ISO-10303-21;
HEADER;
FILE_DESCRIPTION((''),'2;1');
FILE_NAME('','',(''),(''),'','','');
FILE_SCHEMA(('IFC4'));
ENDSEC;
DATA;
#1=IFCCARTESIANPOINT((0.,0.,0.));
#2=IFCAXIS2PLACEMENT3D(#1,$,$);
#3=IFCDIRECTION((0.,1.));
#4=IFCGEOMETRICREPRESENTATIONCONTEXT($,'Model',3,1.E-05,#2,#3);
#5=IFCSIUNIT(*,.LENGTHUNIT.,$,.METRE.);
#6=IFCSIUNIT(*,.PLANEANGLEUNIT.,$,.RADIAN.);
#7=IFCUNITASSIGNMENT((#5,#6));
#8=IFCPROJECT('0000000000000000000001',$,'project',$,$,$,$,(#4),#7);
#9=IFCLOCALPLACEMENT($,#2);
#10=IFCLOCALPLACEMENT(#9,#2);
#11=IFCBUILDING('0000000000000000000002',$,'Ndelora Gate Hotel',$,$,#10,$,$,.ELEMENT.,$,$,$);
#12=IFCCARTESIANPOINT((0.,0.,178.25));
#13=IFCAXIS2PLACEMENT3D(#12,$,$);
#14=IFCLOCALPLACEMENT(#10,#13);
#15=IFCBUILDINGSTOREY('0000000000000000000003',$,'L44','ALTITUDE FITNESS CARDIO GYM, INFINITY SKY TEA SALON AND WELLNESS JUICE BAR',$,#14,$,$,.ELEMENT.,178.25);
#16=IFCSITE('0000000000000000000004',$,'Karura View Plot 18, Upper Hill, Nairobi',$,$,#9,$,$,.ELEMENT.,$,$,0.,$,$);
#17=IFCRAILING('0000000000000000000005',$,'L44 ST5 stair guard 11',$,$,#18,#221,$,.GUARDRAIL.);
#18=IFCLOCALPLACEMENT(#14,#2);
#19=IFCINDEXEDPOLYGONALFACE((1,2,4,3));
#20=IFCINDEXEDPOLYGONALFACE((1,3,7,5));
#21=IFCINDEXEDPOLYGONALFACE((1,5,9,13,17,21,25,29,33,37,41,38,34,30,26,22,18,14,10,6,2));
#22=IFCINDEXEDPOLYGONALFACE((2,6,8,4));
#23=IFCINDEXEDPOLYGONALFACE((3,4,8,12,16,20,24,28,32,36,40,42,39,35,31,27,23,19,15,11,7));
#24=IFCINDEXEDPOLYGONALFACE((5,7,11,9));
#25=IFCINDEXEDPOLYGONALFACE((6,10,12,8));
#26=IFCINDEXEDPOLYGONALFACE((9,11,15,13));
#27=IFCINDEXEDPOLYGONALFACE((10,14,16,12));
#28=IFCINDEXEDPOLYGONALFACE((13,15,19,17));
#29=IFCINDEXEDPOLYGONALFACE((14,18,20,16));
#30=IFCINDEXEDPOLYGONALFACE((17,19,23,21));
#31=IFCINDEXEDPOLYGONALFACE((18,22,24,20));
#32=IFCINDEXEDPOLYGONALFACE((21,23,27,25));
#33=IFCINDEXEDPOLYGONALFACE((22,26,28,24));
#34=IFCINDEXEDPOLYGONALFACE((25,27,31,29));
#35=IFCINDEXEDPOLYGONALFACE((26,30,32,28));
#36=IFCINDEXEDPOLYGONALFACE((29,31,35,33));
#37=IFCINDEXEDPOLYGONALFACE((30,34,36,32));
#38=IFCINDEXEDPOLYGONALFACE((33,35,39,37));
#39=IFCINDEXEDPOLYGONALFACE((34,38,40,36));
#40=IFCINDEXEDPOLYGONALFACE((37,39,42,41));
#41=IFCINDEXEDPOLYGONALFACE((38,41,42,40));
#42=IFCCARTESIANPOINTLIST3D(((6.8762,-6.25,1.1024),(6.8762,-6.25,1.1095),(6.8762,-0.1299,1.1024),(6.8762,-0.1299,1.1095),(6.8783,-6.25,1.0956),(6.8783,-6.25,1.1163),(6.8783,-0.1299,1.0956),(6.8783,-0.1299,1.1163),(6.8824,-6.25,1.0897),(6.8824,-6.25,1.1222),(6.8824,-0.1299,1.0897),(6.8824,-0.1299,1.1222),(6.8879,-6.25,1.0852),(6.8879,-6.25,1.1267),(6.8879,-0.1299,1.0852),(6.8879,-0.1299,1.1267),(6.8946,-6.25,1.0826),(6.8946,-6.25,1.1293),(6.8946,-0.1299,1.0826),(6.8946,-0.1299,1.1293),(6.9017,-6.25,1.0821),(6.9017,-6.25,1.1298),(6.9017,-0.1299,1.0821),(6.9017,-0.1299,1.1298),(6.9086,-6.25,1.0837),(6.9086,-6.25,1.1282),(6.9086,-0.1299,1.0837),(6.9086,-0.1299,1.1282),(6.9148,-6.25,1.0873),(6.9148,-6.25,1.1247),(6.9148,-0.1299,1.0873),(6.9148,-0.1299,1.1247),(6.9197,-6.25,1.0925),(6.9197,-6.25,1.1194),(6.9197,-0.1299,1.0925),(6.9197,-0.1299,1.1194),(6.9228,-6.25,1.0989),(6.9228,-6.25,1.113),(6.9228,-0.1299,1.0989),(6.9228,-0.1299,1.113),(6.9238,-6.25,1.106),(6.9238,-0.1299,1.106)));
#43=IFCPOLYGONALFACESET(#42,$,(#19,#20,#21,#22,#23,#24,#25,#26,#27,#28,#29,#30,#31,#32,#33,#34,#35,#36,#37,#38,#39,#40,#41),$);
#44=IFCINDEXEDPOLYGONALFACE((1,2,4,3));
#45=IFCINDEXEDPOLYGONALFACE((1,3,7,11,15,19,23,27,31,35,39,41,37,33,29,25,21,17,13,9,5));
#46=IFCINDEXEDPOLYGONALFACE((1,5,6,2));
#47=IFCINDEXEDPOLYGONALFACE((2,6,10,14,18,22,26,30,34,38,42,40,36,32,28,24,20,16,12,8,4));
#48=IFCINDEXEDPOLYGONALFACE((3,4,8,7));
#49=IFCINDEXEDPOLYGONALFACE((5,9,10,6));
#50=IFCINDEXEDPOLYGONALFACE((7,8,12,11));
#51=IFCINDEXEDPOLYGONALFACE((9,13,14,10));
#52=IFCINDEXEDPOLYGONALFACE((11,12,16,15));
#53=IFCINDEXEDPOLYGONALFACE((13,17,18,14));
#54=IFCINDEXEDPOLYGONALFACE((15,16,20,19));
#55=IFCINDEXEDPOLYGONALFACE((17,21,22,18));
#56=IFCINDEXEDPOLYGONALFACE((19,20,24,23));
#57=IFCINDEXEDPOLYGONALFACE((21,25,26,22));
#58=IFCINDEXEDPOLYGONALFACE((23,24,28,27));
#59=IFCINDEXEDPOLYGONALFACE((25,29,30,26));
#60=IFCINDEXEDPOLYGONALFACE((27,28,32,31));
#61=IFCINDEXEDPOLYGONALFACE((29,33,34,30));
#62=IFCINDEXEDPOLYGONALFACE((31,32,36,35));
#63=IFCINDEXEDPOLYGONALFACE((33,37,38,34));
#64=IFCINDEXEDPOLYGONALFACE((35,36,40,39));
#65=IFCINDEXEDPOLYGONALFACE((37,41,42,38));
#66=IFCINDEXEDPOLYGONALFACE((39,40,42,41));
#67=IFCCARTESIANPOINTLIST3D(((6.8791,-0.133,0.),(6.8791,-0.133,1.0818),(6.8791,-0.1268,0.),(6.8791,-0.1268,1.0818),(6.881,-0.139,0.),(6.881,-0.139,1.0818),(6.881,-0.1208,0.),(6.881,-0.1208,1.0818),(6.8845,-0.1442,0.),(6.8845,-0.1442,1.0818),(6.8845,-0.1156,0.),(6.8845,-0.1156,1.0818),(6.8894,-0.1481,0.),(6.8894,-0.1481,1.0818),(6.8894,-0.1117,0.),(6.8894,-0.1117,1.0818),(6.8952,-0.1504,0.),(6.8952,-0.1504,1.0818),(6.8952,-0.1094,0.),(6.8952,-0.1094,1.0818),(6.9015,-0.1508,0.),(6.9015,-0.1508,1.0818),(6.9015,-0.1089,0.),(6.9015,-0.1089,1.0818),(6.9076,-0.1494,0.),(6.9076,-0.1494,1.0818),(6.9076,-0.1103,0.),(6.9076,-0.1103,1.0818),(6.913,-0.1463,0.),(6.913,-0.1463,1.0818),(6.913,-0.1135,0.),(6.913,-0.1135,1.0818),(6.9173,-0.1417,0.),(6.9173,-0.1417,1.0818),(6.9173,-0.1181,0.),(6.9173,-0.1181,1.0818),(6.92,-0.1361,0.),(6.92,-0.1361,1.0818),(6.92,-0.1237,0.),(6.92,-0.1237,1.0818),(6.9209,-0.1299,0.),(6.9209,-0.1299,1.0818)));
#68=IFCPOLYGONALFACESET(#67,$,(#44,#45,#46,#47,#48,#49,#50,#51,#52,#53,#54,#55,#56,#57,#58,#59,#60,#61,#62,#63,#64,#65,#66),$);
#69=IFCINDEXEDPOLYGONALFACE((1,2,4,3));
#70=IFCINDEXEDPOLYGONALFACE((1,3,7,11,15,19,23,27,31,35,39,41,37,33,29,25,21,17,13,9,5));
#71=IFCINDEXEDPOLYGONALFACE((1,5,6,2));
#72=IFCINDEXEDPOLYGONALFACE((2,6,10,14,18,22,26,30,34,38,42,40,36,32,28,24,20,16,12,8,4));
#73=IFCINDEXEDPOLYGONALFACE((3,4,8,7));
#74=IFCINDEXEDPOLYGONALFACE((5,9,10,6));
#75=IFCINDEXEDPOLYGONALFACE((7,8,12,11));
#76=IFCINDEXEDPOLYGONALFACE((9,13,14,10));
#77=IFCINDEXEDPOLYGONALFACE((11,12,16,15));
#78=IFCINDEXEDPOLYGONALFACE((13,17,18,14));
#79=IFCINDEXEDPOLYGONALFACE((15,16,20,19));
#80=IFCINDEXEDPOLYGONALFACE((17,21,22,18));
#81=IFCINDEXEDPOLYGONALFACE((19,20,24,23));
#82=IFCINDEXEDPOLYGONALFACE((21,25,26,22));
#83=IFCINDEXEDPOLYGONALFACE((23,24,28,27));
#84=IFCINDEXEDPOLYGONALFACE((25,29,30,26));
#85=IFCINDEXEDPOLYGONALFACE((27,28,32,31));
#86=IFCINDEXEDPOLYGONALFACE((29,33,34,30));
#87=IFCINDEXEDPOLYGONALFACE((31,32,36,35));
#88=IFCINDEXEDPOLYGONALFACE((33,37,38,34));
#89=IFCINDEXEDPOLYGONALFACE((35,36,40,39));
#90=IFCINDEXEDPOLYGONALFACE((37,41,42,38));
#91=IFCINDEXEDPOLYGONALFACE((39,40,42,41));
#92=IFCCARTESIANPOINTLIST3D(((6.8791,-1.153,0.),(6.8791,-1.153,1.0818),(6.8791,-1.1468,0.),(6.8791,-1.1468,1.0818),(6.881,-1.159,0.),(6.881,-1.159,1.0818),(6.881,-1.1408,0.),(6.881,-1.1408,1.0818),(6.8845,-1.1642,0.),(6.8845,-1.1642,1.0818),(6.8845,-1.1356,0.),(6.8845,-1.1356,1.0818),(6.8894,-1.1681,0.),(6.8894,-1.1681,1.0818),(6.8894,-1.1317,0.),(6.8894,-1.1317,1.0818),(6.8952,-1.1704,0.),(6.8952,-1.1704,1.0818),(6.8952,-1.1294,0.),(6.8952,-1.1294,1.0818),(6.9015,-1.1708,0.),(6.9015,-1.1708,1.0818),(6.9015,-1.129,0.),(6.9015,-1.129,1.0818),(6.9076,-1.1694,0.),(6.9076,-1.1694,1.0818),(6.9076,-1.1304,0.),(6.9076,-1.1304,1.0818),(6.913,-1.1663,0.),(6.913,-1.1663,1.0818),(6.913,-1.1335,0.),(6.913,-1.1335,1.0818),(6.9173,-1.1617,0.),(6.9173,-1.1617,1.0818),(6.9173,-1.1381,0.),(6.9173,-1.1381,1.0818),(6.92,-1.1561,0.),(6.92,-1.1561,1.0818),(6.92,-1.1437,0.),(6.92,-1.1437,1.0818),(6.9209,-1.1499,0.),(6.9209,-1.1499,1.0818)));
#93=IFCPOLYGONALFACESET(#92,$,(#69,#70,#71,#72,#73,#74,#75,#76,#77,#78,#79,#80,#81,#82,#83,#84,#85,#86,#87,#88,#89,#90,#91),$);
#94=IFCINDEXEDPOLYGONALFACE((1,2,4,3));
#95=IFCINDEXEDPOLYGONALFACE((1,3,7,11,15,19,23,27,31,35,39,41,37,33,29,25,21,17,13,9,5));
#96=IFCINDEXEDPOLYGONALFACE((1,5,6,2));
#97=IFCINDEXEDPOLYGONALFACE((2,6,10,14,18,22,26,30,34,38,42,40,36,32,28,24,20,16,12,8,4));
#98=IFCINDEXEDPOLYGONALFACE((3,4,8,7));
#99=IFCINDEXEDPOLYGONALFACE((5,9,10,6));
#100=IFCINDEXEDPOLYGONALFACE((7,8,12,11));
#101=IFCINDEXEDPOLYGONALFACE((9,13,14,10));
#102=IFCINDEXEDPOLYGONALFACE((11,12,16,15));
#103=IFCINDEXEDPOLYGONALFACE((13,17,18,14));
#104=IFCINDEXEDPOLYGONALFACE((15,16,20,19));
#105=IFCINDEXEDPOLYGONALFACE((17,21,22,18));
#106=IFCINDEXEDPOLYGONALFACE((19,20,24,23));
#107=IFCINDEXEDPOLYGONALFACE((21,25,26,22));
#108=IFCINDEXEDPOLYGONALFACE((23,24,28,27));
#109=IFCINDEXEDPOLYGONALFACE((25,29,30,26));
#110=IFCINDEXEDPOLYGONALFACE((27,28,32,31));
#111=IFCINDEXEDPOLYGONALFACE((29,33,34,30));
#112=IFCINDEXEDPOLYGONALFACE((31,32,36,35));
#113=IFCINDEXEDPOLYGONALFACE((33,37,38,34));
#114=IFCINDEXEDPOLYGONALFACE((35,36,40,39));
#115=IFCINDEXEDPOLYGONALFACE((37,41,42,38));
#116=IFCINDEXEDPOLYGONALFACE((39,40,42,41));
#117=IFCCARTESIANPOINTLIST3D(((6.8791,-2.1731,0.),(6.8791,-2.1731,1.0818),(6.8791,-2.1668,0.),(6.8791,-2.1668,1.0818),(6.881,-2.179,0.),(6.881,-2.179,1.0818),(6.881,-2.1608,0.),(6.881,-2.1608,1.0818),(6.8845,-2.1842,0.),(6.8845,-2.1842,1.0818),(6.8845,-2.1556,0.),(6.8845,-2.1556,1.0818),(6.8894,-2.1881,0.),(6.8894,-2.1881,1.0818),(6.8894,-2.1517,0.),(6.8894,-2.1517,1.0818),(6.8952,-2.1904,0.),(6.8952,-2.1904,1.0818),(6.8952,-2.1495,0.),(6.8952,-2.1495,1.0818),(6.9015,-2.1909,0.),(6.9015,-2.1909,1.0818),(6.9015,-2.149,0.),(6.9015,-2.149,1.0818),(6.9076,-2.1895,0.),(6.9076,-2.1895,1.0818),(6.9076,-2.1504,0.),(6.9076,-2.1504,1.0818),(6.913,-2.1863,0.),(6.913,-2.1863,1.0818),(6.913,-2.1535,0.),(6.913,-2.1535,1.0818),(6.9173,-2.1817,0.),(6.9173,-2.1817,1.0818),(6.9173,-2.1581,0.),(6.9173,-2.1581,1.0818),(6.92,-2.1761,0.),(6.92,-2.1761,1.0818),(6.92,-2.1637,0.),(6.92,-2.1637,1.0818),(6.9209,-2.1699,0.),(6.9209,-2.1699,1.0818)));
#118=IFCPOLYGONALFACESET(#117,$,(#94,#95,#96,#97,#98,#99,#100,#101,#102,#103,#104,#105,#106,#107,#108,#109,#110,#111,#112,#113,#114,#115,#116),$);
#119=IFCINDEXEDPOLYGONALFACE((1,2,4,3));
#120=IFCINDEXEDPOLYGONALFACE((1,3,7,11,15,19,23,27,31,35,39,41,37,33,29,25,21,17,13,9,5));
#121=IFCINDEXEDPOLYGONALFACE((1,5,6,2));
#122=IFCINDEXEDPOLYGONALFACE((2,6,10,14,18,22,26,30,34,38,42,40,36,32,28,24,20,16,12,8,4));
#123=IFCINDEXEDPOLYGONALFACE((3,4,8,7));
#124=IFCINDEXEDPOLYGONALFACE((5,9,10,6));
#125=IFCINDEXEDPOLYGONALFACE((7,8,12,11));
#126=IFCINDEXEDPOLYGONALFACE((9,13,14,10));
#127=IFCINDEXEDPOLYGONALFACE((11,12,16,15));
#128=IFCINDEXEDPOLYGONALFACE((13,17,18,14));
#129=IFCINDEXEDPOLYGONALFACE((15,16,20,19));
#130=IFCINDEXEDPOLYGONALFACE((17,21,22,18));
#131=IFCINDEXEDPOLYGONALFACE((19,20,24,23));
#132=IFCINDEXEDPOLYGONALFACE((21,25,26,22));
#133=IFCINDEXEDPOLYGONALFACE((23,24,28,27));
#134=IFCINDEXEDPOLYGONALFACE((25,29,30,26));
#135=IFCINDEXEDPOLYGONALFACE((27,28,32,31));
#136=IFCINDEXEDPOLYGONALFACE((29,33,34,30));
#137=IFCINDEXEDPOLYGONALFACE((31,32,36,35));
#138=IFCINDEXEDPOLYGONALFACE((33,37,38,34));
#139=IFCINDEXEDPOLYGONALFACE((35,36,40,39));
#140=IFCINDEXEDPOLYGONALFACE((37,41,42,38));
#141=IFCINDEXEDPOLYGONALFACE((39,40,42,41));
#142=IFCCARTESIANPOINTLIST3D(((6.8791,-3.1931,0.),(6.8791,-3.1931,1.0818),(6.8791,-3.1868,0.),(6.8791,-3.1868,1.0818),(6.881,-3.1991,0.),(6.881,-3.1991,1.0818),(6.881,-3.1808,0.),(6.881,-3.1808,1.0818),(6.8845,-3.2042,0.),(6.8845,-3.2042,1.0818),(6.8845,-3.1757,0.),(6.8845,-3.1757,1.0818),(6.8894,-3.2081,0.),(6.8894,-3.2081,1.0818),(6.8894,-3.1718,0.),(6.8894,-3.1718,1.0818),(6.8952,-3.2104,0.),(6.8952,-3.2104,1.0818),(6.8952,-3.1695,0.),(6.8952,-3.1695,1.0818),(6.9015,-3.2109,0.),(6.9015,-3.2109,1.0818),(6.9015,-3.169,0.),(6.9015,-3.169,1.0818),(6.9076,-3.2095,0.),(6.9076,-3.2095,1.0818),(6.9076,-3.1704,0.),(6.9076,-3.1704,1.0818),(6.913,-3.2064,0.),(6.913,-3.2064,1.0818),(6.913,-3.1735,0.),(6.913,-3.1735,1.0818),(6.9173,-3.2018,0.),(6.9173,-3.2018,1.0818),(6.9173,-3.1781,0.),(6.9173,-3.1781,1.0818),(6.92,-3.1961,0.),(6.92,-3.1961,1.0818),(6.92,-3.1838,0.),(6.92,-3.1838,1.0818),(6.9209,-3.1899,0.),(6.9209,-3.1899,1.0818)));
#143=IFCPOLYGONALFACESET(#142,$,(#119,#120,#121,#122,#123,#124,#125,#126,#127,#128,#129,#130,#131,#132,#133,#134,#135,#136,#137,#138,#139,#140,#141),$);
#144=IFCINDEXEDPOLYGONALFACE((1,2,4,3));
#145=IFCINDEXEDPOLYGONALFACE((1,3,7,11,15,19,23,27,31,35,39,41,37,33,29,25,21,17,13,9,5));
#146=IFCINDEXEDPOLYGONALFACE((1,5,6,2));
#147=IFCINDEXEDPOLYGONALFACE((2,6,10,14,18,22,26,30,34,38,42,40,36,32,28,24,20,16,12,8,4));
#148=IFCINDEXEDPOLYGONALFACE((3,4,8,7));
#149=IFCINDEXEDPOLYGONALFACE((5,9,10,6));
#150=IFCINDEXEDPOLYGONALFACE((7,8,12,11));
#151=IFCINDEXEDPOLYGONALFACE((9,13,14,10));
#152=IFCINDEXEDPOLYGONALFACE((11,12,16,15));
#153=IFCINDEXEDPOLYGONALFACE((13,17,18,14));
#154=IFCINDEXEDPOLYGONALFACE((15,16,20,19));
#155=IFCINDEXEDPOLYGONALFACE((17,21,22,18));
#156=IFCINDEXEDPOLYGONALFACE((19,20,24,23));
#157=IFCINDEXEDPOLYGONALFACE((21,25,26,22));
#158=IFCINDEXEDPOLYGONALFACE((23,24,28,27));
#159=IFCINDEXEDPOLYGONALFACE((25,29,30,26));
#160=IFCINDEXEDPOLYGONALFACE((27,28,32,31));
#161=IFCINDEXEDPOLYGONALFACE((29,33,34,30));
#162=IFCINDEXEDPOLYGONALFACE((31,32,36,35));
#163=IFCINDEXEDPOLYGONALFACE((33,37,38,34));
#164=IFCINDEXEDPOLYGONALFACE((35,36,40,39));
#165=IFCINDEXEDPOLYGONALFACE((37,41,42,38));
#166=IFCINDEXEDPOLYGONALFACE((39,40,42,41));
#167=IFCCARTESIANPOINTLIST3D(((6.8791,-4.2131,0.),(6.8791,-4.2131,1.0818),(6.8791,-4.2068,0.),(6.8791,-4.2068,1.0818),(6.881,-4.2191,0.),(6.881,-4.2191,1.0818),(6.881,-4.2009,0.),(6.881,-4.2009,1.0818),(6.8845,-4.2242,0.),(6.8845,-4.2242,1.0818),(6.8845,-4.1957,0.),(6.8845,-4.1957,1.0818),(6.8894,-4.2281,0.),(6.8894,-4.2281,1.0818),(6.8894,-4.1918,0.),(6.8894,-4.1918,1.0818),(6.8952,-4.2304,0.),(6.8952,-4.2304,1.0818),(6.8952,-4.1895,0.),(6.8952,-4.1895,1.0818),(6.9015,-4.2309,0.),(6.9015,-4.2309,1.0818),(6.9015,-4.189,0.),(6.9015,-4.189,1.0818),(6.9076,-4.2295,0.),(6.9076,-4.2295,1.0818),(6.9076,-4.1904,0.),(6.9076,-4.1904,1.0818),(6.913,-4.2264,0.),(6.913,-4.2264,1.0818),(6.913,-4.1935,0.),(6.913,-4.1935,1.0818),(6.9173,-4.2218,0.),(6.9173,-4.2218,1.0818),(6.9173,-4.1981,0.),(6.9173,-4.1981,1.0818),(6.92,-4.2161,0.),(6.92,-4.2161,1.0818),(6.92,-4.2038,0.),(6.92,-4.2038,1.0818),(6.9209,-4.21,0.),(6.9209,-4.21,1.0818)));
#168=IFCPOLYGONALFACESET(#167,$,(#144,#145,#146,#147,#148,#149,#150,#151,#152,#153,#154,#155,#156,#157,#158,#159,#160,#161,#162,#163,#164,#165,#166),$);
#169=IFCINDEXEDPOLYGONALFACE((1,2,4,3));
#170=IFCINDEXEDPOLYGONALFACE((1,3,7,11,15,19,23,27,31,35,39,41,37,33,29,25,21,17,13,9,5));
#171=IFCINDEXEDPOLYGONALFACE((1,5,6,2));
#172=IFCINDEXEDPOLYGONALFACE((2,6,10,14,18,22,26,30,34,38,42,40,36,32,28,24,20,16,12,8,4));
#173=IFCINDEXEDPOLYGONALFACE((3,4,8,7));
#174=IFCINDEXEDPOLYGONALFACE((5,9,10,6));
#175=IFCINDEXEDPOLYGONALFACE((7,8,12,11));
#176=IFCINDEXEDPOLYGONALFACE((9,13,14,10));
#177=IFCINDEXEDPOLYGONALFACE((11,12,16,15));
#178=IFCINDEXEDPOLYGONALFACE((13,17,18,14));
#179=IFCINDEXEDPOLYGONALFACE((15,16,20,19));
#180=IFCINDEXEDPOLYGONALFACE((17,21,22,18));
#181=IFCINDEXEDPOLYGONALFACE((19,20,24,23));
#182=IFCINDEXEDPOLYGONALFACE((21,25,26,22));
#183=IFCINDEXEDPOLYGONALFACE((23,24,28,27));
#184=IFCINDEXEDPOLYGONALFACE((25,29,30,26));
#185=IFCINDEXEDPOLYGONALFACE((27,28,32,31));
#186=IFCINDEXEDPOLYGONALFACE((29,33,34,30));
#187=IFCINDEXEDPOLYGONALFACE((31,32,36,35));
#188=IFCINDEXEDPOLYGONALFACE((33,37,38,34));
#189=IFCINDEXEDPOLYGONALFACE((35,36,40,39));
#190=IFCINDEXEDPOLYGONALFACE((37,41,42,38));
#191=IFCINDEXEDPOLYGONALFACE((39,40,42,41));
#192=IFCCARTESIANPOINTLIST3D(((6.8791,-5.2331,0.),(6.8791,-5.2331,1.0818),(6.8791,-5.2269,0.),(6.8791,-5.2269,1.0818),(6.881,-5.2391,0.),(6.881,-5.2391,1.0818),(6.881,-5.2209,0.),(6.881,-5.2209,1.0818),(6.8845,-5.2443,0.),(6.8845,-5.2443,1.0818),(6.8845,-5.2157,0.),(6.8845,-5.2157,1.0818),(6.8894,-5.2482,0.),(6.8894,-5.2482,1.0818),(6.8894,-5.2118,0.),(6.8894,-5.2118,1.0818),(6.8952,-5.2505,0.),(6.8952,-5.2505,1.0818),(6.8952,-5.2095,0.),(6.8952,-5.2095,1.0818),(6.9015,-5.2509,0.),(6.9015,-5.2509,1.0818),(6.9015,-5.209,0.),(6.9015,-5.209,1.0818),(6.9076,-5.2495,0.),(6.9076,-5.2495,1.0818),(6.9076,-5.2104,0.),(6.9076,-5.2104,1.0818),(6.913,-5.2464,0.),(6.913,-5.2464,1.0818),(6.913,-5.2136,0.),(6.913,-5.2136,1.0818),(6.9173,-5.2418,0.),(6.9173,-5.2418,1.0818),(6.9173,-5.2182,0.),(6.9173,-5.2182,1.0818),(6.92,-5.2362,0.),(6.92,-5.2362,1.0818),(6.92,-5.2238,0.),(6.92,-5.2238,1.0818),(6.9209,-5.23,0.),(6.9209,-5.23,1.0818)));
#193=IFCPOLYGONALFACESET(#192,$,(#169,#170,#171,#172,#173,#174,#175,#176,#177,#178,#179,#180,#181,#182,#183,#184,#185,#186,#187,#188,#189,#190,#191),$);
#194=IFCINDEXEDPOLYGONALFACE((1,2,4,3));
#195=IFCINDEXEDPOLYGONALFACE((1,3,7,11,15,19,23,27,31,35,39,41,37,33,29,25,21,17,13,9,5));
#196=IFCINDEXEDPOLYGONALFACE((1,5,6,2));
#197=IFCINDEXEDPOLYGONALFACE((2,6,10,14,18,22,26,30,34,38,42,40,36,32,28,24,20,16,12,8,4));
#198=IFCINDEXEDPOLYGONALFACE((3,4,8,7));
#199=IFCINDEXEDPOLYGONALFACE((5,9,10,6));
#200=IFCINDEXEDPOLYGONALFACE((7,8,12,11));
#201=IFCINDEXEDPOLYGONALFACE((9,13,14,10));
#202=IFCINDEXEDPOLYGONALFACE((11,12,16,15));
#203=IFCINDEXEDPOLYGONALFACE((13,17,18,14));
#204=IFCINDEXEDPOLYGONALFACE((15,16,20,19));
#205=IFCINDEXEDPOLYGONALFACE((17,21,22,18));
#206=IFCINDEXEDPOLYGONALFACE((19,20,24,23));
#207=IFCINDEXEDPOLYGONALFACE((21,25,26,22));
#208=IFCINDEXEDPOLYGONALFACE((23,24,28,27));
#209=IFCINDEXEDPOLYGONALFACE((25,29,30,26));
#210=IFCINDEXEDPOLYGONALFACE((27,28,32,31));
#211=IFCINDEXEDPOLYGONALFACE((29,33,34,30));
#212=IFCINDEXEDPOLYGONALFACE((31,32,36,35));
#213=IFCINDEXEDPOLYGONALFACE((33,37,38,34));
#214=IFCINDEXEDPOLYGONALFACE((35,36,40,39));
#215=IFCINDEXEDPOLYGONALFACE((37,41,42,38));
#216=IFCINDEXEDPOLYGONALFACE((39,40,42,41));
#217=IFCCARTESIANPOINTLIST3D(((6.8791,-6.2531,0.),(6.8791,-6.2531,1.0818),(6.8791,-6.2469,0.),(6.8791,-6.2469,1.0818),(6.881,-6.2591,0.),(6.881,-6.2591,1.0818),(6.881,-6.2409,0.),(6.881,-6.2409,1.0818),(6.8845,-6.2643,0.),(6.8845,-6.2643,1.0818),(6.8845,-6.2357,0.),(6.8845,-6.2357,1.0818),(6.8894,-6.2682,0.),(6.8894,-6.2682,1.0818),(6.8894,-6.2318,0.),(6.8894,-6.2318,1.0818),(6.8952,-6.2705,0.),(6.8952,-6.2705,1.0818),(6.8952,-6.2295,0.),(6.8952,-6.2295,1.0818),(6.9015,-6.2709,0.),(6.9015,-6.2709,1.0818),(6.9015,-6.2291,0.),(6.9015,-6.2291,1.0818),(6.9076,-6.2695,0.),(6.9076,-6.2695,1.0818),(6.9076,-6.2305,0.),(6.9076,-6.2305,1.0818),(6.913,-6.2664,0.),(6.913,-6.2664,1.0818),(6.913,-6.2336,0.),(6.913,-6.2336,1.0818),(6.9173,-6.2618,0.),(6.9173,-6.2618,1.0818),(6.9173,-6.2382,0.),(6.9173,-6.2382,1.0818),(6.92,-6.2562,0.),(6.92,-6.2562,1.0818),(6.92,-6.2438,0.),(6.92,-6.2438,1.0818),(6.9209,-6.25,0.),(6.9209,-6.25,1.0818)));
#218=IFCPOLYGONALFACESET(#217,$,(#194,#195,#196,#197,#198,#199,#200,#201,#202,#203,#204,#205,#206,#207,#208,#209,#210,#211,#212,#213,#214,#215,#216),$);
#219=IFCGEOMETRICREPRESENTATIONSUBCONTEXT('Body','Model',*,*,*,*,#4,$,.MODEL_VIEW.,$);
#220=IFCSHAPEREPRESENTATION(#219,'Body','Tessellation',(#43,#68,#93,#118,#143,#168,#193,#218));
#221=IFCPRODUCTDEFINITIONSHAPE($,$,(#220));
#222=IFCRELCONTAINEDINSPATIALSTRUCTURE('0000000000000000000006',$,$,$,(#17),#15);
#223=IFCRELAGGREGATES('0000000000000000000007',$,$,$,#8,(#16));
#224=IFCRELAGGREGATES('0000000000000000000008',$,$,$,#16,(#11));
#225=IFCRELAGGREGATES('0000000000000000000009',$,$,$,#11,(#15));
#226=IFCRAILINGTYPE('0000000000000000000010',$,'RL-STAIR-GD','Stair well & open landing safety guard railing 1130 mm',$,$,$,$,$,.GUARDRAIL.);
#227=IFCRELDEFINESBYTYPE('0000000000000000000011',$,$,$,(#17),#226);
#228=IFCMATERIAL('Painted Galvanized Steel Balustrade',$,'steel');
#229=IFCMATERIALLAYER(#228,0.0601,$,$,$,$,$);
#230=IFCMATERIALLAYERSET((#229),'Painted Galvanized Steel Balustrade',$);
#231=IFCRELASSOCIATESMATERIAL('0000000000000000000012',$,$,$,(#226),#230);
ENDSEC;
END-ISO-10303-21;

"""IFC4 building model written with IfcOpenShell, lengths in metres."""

from ifc_helpers import new_model, si_unit, direction, frame, origin, origin_2d, place, context, subcontext, project, spatial, circle, extrude, material, layer, layer_set, type_object, element, save


model = new_model("IFC4")

# Units and contexts
model_context = context("Model", 3, precision=1e-05, world=origin(), true_north=direction((0.0, 1.0)))
body_context = subcontext(model_context, "Body", "Model", "MODEL_VIEW")
ifc_project = project(units=[si_unit("LENGTHUNIT", "METRE"), si_unit("PLANEANGLEUNIT", "RADIAN")], contexts=[model_context])

# Site, building, storey
site_placement = place(None, origin())
site = spatial("IfcSite", under=ifc_project, at=site_placement, Name="Karura View Plot 18, Upper Hill, Nairobi", CompositionType="ELEMENT", RefElevation=0.0)
building_placement = place(site_placement, origin())
building = spatial("IfcBuilding", under=site, at=building_placement, Name="Ndelora Gate Hotel", CompositionType="ELEMENT")
storey_placement = place(building_placement, frame((0.0, 0.0, 178.25)))
storey = spatial("IfcBuildingStorey", under=building, at=storey_placement, Name="L44", Description="ALTITUDE FITNESS CARDIO GYM, INFINITY SKY TEA SALON AND WELLNESS JUICE BAR", CompositionType="ELEMENT", Elevation=178.25)

# Railing
ifc_material_1 = material(Name="Painted Galvanized Steel Balustrade", Category="steel")
ifc_layer_1 = layer(ifc_material_1, 0.0601)
ifc_layer_set_1 = layer_set([ifc_layer_1], Name="Painted Galvanized Steel Balustrade")
railing_type = type_object("IfcRailingType", Name="RL-STAIR-GD", Description="Stair well & open landing safety guard railing 1130 mm", PredefinedType="GUARDRAIL", material=ifc_layer_set_1)
railing_placement = place(storey_placement, frame((6.8999, -0.1299, 0.0)))
element("IfcRailing", 1, at=railing_placement, inside=storey, type_object=railing_type, Name="L44 ST5 stair guard 11", PredefinedType="GUARDRAIL", context=body_context, shape_type="SweptSolid", body=[
    extrude(circle(Radius=0.0239, at=origin_2d()), frame((0.0, 0.0, 1.106), z_axis=(0.0, -1.0, 0.0), x_axis=(1.0, 0.0, 0.0)), (0.0, 0.0, 1.0), 6.1201),
    extrude(circle(Radius=0.021, at=origin_2d()), origin(), (0.0, 0.0, 1.0), 1.0818),
    extrude(circle(Radius=0.021, at=origin_2d()), frame((0.0, -1.02, 0.0)), (0.0, 0.0, 1.0), 1.0818),
    extrude(circle(Radius=0.021, at=origin_2d()), frame((0.0, -2.04, 0.0)), (0.0, 0.0, 1.0), 1.0818),
    extrude(circle(Radius=0.021, at=origin_2d()), frame((0.0, -3.0601, 0.0)), (0.0, 0.0, 1.0), 1.0818),
    extrude(circle(Radius=0.021, at=origin_2d()), frame((0.0, -4.0801, 0.0)), (0.0, 0.0, 1.0), 1.0818),
    extrude(circle(Radius=0.021, at=origin_2d()), frame((0.0, -5.1001, 0.0)), (0.0, 0.0, 1.0), 1.0818),
    extrude(circle(Radius=0.021, at=origin_2d()), frame((0.0, -6.1201, 0.0)), (0.0, 0.0, 1.0), 1.0818),
])

save(model, "model.ifc")
